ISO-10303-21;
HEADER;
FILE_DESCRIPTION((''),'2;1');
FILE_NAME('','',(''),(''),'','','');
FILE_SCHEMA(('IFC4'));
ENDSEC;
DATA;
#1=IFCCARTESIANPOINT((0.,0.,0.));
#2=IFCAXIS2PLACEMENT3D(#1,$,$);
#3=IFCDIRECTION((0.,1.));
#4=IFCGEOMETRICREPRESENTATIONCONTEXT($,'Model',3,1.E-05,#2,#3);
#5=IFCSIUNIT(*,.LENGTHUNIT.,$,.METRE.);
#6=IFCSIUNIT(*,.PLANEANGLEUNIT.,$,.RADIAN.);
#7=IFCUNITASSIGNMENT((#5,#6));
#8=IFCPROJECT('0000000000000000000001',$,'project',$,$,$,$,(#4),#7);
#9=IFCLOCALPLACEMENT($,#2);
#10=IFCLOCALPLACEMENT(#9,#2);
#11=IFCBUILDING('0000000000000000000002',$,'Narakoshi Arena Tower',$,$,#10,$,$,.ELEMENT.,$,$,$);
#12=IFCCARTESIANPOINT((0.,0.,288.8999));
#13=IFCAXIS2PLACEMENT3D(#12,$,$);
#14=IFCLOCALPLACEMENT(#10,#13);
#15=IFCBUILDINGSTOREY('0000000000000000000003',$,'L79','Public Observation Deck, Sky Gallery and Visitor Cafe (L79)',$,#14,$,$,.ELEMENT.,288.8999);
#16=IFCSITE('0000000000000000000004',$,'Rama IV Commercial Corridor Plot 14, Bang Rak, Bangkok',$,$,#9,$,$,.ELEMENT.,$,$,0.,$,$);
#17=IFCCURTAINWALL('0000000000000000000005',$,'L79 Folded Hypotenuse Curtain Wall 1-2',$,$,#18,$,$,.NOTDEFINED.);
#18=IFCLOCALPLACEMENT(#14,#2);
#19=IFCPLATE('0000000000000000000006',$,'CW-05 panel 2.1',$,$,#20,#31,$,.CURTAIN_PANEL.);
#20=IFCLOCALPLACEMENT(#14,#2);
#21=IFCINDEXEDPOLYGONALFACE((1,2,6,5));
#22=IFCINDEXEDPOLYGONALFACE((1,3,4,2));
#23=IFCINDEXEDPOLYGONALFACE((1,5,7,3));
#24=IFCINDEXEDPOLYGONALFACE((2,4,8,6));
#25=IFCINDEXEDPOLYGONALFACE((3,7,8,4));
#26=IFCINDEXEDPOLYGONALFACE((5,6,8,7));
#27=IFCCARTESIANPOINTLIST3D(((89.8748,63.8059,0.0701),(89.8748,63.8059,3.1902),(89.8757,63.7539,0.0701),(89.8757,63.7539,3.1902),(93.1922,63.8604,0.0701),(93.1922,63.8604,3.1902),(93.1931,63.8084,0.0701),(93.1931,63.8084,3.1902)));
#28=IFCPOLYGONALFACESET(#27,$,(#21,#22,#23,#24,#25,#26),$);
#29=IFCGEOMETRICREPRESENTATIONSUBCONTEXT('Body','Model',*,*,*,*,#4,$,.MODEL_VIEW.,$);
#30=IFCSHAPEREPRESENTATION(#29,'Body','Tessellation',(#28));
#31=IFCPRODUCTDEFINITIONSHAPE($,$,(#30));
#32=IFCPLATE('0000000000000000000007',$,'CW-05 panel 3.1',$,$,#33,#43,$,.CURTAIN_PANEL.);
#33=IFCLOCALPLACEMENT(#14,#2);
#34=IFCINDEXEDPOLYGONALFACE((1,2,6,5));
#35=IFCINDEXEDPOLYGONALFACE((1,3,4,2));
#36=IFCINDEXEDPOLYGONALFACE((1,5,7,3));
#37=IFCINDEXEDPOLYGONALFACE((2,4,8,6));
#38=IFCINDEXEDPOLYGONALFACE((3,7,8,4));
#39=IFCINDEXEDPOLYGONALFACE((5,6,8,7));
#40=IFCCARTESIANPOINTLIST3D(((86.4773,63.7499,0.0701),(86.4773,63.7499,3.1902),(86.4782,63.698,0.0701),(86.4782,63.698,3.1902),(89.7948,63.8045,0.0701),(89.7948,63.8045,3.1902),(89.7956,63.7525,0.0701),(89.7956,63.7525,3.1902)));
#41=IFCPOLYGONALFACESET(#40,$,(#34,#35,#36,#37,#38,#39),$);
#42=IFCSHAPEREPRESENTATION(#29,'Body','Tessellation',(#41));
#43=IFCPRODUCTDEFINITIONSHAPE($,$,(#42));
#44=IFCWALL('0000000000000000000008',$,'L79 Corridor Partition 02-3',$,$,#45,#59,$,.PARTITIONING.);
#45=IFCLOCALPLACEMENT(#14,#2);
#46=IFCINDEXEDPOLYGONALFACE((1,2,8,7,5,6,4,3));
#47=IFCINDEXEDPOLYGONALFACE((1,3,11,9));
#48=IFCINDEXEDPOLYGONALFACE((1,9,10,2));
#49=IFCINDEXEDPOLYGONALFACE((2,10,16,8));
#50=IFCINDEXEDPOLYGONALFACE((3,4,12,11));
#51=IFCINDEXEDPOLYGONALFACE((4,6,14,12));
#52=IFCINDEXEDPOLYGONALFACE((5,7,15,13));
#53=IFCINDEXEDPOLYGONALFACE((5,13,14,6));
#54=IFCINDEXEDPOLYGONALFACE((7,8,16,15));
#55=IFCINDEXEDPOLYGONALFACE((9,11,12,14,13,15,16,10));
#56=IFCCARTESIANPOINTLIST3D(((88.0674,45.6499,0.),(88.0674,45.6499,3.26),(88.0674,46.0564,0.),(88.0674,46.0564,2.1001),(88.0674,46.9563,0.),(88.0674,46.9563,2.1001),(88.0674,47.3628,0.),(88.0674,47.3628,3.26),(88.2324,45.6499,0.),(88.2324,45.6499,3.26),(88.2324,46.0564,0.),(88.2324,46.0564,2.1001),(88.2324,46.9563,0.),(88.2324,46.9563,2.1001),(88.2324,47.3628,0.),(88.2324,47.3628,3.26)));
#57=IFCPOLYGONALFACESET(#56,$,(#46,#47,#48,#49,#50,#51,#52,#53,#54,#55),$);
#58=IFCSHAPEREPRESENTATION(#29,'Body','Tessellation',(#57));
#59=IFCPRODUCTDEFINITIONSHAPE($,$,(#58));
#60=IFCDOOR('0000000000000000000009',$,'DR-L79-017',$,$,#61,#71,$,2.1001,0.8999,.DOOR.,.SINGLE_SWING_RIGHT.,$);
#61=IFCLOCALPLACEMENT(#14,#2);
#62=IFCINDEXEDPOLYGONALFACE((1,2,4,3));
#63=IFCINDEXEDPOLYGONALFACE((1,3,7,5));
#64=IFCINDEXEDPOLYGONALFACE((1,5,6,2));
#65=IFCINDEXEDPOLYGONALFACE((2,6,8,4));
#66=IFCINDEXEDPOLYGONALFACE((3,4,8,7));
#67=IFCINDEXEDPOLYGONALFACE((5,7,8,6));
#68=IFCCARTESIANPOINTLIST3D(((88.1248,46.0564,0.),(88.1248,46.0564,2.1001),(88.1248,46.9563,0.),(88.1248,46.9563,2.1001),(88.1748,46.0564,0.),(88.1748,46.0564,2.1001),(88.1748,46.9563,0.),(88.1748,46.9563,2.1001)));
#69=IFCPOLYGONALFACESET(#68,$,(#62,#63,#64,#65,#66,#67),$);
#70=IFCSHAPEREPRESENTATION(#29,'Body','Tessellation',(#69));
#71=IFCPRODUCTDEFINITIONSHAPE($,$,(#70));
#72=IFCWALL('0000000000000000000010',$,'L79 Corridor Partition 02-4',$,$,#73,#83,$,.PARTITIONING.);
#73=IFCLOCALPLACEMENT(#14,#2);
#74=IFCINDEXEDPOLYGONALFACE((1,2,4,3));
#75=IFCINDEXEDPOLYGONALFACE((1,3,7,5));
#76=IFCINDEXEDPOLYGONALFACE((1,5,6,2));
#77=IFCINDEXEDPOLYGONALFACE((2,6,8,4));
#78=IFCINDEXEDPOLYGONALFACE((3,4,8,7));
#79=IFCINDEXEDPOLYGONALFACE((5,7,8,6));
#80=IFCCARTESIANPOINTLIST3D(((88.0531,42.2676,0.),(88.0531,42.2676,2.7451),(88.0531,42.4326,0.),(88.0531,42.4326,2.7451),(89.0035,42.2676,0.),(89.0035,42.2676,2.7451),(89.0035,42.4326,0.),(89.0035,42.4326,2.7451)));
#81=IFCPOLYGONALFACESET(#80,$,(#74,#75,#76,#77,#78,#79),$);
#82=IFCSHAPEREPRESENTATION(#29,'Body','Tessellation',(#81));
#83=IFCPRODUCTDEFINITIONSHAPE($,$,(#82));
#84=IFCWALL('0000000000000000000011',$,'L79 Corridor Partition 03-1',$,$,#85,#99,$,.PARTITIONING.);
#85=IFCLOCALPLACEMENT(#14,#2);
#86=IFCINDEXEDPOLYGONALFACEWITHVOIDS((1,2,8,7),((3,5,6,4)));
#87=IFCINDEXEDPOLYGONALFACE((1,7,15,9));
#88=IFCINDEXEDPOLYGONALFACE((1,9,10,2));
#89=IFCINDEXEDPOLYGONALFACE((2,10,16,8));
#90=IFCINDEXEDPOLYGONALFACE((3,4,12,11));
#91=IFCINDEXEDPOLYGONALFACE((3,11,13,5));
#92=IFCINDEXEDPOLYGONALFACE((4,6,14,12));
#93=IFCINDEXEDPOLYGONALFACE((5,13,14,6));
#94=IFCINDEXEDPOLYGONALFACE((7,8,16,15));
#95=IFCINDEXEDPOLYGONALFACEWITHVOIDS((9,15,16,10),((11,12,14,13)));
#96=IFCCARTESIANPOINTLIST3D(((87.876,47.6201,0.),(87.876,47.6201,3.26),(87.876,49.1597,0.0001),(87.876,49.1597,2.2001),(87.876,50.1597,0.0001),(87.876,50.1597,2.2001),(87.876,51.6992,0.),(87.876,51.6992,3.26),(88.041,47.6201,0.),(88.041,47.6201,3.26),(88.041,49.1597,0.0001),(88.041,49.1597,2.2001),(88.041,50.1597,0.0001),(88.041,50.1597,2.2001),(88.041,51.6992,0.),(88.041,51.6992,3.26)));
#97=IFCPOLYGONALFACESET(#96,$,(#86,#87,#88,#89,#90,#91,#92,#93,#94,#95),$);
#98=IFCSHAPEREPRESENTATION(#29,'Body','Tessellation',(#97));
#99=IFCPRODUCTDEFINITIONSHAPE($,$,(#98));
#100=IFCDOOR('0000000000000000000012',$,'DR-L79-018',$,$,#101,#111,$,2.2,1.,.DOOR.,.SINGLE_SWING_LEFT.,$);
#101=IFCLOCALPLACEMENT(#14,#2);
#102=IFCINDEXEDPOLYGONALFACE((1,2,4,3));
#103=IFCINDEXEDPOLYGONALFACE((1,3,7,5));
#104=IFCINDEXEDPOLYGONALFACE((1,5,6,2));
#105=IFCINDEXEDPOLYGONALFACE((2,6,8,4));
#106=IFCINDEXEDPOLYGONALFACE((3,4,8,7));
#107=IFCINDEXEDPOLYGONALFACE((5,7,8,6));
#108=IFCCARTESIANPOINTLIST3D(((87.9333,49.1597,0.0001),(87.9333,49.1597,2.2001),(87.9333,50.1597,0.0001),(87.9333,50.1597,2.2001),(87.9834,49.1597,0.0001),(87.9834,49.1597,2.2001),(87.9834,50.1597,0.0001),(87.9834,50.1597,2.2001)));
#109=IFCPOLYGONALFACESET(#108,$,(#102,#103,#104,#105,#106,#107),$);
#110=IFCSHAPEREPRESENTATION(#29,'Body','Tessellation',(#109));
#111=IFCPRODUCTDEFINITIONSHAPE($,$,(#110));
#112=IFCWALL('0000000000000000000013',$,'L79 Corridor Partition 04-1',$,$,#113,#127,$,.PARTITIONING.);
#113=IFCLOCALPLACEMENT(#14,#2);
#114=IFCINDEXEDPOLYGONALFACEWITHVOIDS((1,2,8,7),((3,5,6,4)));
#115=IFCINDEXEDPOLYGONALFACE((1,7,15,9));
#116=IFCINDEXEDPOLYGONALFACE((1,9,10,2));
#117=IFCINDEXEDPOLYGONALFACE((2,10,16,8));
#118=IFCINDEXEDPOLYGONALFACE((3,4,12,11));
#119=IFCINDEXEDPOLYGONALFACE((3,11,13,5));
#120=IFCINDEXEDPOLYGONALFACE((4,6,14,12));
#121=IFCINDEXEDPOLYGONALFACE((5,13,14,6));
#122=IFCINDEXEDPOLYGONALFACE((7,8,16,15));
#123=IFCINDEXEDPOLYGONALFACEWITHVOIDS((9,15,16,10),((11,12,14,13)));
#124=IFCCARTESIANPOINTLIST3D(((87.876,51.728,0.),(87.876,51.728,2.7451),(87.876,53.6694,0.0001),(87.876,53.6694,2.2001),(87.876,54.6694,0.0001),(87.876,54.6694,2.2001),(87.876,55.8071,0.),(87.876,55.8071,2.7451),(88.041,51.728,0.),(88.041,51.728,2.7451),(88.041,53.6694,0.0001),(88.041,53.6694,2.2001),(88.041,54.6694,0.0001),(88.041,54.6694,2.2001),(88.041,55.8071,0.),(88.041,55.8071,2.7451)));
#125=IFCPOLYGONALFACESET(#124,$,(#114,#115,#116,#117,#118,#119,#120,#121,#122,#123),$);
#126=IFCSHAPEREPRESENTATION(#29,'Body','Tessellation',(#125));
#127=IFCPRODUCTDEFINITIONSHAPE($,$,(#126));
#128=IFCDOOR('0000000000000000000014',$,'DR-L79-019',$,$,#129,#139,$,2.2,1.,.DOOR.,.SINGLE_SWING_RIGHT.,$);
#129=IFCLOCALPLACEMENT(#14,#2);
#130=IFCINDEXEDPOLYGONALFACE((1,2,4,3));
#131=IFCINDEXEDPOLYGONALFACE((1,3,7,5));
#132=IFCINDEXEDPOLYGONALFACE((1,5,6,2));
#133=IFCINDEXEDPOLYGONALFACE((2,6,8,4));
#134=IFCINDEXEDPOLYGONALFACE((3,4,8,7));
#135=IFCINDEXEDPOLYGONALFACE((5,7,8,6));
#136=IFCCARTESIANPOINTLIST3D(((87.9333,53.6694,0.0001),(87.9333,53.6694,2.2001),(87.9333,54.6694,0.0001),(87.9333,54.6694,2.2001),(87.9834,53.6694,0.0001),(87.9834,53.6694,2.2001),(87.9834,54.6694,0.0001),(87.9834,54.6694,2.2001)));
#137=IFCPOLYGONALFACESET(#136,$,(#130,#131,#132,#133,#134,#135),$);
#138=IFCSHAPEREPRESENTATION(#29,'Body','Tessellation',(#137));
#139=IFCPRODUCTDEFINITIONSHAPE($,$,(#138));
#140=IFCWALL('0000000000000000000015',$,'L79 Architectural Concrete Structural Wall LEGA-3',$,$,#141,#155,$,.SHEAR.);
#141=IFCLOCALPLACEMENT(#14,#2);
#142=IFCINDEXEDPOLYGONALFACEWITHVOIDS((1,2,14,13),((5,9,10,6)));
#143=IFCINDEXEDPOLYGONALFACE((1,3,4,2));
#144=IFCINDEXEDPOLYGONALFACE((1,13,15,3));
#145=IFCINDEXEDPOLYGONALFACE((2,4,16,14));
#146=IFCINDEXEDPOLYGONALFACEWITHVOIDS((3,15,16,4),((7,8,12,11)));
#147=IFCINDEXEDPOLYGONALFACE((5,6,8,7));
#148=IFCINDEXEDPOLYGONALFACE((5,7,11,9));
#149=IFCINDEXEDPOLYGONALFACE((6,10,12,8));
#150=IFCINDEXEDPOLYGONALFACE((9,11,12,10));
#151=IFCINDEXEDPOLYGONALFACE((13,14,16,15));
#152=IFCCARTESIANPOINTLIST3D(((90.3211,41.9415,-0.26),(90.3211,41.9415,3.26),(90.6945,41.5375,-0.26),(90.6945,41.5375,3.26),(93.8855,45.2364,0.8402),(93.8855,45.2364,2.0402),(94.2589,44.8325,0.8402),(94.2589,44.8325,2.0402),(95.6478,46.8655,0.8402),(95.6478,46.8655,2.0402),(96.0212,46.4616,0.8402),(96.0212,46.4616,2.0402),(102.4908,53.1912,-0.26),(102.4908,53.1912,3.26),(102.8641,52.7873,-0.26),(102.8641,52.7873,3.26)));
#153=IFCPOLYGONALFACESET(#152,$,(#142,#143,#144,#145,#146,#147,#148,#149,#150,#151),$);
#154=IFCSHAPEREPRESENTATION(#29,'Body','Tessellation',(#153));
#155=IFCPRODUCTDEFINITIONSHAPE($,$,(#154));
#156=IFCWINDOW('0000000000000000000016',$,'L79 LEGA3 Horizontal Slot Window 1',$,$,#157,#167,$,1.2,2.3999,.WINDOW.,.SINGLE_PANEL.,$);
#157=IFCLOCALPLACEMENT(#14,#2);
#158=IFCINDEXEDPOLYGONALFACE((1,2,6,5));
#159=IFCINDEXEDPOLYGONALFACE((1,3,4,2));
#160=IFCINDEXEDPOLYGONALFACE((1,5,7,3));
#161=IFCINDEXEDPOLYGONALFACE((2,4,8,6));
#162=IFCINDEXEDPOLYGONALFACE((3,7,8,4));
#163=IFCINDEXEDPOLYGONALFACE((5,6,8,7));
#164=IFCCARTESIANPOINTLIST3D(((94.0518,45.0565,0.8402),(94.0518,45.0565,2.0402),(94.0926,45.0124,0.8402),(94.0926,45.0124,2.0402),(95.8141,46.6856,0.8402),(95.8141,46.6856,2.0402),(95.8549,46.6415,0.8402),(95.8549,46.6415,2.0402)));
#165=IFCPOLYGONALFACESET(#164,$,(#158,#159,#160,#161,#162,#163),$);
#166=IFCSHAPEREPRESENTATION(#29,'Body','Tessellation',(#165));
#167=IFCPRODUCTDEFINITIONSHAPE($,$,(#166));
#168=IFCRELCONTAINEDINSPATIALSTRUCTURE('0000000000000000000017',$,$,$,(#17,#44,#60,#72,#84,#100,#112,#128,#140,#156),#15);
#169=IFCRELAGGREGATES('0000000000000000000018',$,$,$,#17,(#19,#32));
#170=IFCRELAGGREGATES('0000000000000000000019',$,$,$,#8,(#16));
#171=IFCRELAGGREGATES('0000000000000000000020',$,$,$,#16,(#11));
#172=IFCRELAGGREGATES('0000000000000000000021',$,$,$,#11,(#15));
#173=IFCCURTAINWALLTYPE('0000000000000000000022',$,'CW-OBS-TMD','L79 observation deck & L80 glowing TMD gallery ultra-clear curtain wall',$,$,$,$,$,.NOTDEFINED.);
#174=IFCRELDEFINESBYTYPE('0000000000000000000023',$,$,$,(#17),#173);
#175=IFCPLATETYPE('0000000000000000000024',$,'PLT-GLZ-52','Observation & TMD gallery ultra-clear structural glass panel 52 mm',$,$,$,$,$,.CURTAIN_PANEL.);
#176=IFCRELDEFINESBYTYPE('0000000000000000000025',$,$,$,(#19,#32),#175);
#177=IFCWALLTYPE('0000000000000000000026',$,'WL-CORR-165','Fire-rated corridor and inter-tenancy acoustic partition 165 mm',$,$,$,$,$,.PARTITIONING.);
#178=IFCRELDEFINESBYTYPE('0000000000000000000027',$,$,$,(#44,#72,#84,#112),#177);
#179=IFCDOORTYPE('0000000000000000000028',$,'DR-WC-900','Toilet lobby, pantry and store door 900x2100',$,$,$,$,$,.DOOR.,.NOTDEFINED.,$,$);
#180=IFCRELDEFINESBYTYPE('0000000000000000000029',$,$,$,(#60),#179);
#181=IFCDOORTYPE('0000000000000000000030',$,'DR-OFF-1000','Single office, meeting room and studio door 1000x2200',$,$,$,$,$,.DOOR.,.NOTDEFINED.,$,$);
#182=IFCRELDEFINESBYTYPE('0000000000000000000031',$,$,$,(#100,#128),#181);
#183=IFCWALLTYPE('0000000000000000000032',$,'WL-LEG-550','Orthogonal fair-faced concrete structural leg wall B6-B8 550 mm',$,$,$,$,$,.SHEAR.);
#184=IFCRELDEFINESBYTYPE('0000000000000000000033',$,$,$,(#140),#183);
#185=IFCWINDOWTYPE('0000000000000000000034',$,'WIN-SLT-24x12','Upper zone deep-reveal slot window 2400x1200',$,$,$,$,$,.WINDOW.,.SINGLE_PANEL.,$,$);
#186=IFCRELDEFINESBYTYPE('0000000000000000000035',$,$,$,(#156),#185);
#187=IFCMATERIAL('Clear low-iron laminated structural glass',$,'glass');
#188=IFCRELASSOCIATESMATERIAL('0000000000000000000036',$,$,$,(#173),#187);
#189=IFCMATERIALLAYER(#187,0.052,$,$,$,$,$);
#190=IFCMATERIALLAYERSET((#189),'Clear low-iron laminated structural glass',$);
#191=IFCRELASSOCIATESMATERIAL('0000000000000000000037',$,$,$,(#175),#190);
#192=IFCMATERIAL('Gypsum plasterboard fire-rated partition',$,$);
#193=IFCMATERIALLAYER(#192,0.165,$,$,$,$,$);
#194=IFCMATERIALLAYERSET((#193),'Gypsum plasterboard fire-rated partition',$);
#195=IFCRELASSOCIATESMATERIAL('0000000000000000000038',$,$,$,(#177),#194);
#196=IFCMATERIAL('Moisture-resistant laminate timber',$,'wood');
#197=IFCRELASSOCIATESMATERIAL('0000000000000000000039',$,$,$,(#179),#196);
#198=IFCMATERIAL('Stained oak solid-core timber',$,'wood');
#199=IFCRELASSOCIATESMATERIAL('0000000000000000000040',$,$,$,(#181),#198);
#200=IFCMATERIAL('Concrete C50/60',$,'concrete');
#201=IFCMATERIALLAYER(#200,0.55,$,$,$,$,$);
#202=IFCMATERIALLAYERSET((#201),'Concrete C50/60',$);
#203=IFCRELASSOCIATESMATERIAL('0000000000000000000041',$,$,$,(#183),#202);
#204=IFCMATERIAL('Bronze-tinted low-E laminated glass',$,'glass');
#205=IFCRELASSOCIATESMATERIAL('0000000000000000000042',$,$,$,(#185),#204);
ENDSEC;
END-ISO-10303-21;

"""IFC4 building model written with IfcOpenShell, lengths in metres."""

from ifc_helpers import new_model, si_unit, direction, frame, frame_2d, origin, origin_2d, place, context, subcontext, project, spatial, rectangle, extrude, material, layer, layer_set, type_object, element, fill, aggregate, save


model = new_model("IFC4")

# Units and contexts
model_context = context("Model", 3, precision=1e-05, world=origin(), true_north=direction((0.0, 1.0)))
body_context = subcontext(model_context, "Body", "Model", "MODEL_VIEW")
ifc_project = project(units=[si_unit("LENGTHUNIT", "METRE"), si_unit("PLANEANGLEUNIT", "RADIAN")], contexts=[model_context])

# Site, building, storey
site_placement = place(None, origin())
site = spatial("IfcSite", under=ifc_project, at=site_placement, Name="Rama IV Commercial Corridor Plot 14, Bang Rak, Bangkok", CompositionType="ELEMENT", RefElevation=0.0)
building_placement = place(site_placement, origin())
building = spatial("IfcBuilding", under=site, at=building_placement, Name="Narakoshi Arena Tower", CompositionType="ELEMENT")
storey_placement = place(building_placement, frame((0.0, 0.0, 288.8999)))
storey = spatial("IfcBuildingStorey", under=building, at=storey_placement, Name="L79", Description="Public Observation Deck, Sky Gallery and Visitor Cafe (L79)", CompositionType="ELEMENT", Elevation=288.8999)

# Curtain wall, plates
ifc_material_1 = material(Name="Clear low-iron laminated structural glass", Category="glass")
curtain_wall_type = type_object("IfcCurtainWallType", Name="CW-OBS-TMD", Description="L79 observation deck & L80 glowing TMD gallery ultra-clear curtain wall", PredefinedType="NOTDEFINED", material=ifc_material_1)
curtain_wall_placement = place(storey_placement, origin())
curtain_wall = element("IfcCurtainWall", 1, at=curtain_wall_placement, inside=storey, type_object=curtain_wall_type, Name="L79 Folded Hypotenuse Curtain Wall 1-2", PredefinedType="NOTDEFINED")
ifc_layer_1 = layer(ifc_material_1, 0.052)
ifc_layer_set_1 = layer_set([ifc_layer_1], Name="Clear low-iron laminated structural glass")
plate_type = type_object("IfcPlateType", Name="PLT-GLZ-52", Description="Observation & TMD gallery ultra-clear structural glass panel 52 mm", PredefinedType="CURTAIN_PANEL", material=ifc_layer_set_1)
plate_1_placement = place(storey_placement, frame((91.5339, 63.8071, 0.0701), z_axis=(0.0, 0.0, 1.0), x_axis=(-0.999865, -0.016437, 0.0)))
plate_1 = element("IfcPlate", 2, at=plate_1_placement, type_object=plate_type, Name="CW-05 panel 2.1", PredefinedType="CURTAIN_PANEL", context=body_context, shape_type="SweptSolid", body=[
    extrude(rectangle(XDim=3.3179, YDim=0.052, at=origin_2d()), origin(), (0.0, 0.0, 1.0), 3.1201),
])
plate_2_placement = place(storey_placement, frame((88.1365, 63.7512, 0.0701), z_axis=(0.0, 0.0, 1.0), x_axis=(-0.999865, -0.016437, 0.0)))
plate_2 = element("IfcPlate", 3, at=plate_2_placement, type_object=plate_type, Name="CW-05 panel 3.1", PredefinedType="CURTAIN_PANEL", context=body_context, shape_type="SweptSolid", body=[
    extrude(rectangle(XDim=3.3179, YDim=0.052, at=origin_2d()), origin(), (0.0, 0.0, 1.0), 3.1201),
])
aggregate(curtain_wall, [plate_1, plate_2])

# Wall, opening, door
ifc_material_2 = material(Name="Gypsum plasterboard fire-rated partition")
ifc_layer_2 = layer(ifc_material_2, 0.165)
ifc_layer_set_2 = layer_set([ifc_layer_2], Name="Gypsum plasterboard fire-rated partition")
wall_type_1 = type_object("IfcWallType", Name="WL-CORR-165", Description="Fire-rated corridor and inter-tenancy acoustic partition 165 mm", PredefinedType="PARTITIONING", material=ifc_layer_set_2)
wall_1_placement = place(storey_placement, frame((88.1499, 45.6499, 0.0), z_axis=(0.0, 0.0, 1.0), x_axis=(0.0, 1.0, 0.0)))
wall_1 = element("IfcWall", 4, at=wall_1_placement, inside=storey, type_object=wall_type_1, Name="L79 Corridor Partition 02-3", PredefinedType="PARTITIONING", context=body_context, shape_type="SweptSolid", body=[
    extrude(rectangle(XDim=1.7129, YDim=0.165, at=frame_2d((0.8564, 0.0))), origin(), (0.0, 0.0, 1.0), 3.26),
])
opening_1_placement = place(wall_1_placement, frame((0.4065, 0.0, 0.0)))
opening_1 = element("IfcOpeningElement", 5, at=opening_1_placement, cuts=wall_1, PredefinedType="OPENING", context=body_context, shape_type="SweptSolid", body=[
    extrude(rectangle(XDim=0.8999, YDim=2.1001, at=frame_2d((0.45, 1.05))), frame((0.0, 0.0925, 0.0), z_axis=(0.0, -1.0, 0.0), x_axis=(1.0, 0.0, 0.0)), (0.0, 0.0, 1.0), 0.1851),
])
ifc_material_3 = material(Name="Moisture-resistant laminate timber", Category="wood")
door_type_1 = type_object("IfcDoorType", Name="DR-WC-900", Description="Toilet lobby, pantry and store door 900x2100", OperationType="NOTDEFINED", PredefinedType="DOOR", material=ifc_material_3)
door_1_placement = place(opening_1_placement, frame((0.8999, 0.0, 0.0), z_axis=(0.0, 0.0, 1.0), x_axis=(-1.0, 0.0, 0.0)))
door_1 = element("IfcDoor", 6, at=door_1_placement, inside=storey, type_object=door_type_1, Name="DR-L79-017", OperationType="SINGLE_SWING_RIGHT", OverallHeight=2.1001, OverallWidth=0.8999, PredefinedType="DOOR", context=body_context, shape_type="SweptSolid", body=[
    extrude(rectangle(XDim=0.8999, YDim=2.1001, at=frame_2d((0.45, 1.05))), frame((0.0, 0.0249, 0.0), z_axis=(0.0, -1.0, 0.0), x_axis=(1.0, 0.0, 0.0)), (0.0, 0.0, 1.0), 0.05),
])
fill(opening_1, door_1)

# Wall
wall_2_placement = place(storey_placement, frame((89.0034, 42.3501, 0.0), z_axis=(0.0, 0.0, 1.0), x_axis=(-1.0, 0.0, 0.0)))
element("IfcWall", 7, at=wall_2_placement, inside=storey, type_object=wall_type_1, Name="L79 Corridor Partition 02-4", PredefinedType="PARTITIONING", context=body_context, shape_type="SweptSolid", body=[
    extrude(rectangle(XDim=0.9504, YDim=0.165, at=frame_2d((0.4751, 0.0))), origin(), (0.0, 0.0, 1.0), 2.7451),
])

# Walls, openings, doors
wall_3_placement = place(storey_placement, frame((87.9585, 47.6201, 0.0), z_axis=(0.0, 0.0, 1.0), x_axis=(0.0, 1.0, 0.0)))
wall_3 = element("IfcWall", 8, at=wall_3_placement, inside=storey, type_object=wall_type_1, Name="L79 Corridor Partition 03-1", PredefinedType="PARTITIONING", context=body_context, shape_type="SweptSolid", body=[
    extrude(rectangle(XDim=4.0791, YDim=0.165, at=frame_2d((2.0396, 0.0))), origin(), (0.0, 0.0, 1.0), 3.26),
])
opening_2_placement = place(wall_3_placement, frame((1.5396, 0.0, 0.0)))
opening_2 = element("IfcOpeningElement", 9, at=opening_2_placement, cuts=wall_3, PredefinedType="OPENING", context=body_context, shape_type="SweptSolid", body=[
    extrude(rectangle(XDim=1.0, YDim=2.2, at=frame_2d((0.5, 1.1001))), frame((0.0, 0.0925, 0.0), z_axis=(0.0, -1.0, 0.0), x_axis=(1.0, 0.0, 0.0)), (0.0, 0.0, 1.0), 0.1851),
])
ifc_material_4 = material(Name="Stained oak solid-core timber", Category="wood")
door_type_2 = type_object("IfcDoorType", Name="DR-OFF-1000", Description="Single office, meeting room and studio door 1000x2200", OperationType="NOTDEFINED", PredefinedType="DOOR", material=ifc_material_4)
door_2_placement = place(opening_2_placement, frame((1.0, 0.0, 0.0), z_axis=(0.0, 0.0, 1.0), x_axis=(-1.0, 0.0, 0.0)))
door_2 = element("IfcDoor", 10, at=door_2_placement, inside=storey, type_object=door_type_2, Name="DR-L79-018", OperationType="SINGLE_SWING_LEFT", OverallHeight=2.2, OverallWidth=1.0, PredefinedType="DOOR", context=body_context, shape_type="SweptSolid", body=[
    extrude(rectangle(XDim=1.0, YDim=2.2, at=frame_2d((0.5, 1.1001))), frame((0.0, 0.0249, 0.0), z_axis=(0.0, -1.0, 0.0), x_axis=(1.0, 0.0, 0.0)), (0.0, 0.0, 1.0), 0.05),
])
fill(opening_2, door_2)
wall_4_placement = place(storey_placement, frame((87.9585, 51.728, 0.0), z_axis=(0.0, 0.0, 1.0), x_axis=(0.0, 1.0, 0.0)))
wall_4 = element("IfcWall", 11, at=wall_4_placement, inside=storey, type_object=wall_type_1, Name="L79 Corridor Partition 04-1", PredefinedType="PARTITIONING", context=body_context, shape_type="SweptSolid", body=[
    extrude(rectangle(XDim=4.0791, YDim=0.165, at=frame_2d((2.0396, 0.0))), origin(), (0.0, 0.0, 1.0), 2.7451),
])
opening_3_placement = place(wall_4_placement, frame((1.9414, 0.0, 0.0)))
opening_3 = element("IfcOpeningElement", 12, at=opening_3_placement, cuts=wall_4, PredefinedType="OPENING", context=body_context, shape_type="SweptSolid", body=[
    extrude(rectangle(XDim=1.0, YDim=2.2, at=frame_2d((0.5, 1.1001))), frame((0.0, 0.0925, 0.0), z_axis=(0.0, -1.0, 0.0), x_axis=(1.0, 0.0, 0.0)), (0.0, 0.0, 1.0), 0.1851),
])
door_3_placement = place(opening_3_placement, frame((1.0, 0.0, 0.0), z_axis=(0.0, 0.0, 1.0), x_axis=(-1.0, 0.0, 0.0)))
door_3 = element("IfcDoor", 13, at=door_3_placement, inside=storey, type_object=door_type_2, Name="DR-L79-019", OperationType="SINGLE_SWING_RIGHT", OverallHeight=2.2, OverallWidth=1.0, PredefinedType="DOOR", context=body_context, shape_type="SweptSolid", body=[
    extrude(rectangle(XDim=1.0, YDim=2.2, at=frame_2d((0.5, 1.1001))), frame((0.0, 0.0249, 0.0), z_axis=(0.0, -1.0, 0.0), x_axis=(1.0, 0.0, 0.0)), (0.0, 0.0, 1.0), 0.05),
])
fill(opening_3, door_3)

# Wall, opening, window
ifc_material_5 = material(Name="Concrete C50/60", Category="concrete")
ifc_layer_3 = layer(ifc_material_5, 0.55)
ifc_layer_set_3 = layer_set([ifc_layer_3], Name="Concrete C50/60")
wall_type_2 = type_object("IfcWallType", Name="WL-LEG-550", Description="Orthogonal fair-faced concrete structural leg wall B6-B8 550 mm", PredefinedType="SHEAR", material=ifc_layer_set_3)
wall_5_placement = place(storey_placement, frame((90.5078, 41.7395, -0.26), z_axis=(0.0, 0.0, 1.0), x_axis=(0.734316, 0.678808, 0.0)))
wall_5 = element("IfcWall", 14, at=wall_5_placement, inside=storey, type_object=wall_type_2, Name="L79 Architectural Concrete Structural Wall LEGA-3", PredefinedType="SHEAR", context=body_context, shape_type="SweptSolid", body=[
    extrude(rectangle(XDim=16.5728, YDim=0.55, at=frame_2d((8.2864, 0.0))), origin(), (0.0, 0.0, 1.0), 3.52),
])
opening_4_placement = place(wall_5_placement, frame((4.854, 0.0, 1.1001)))
opening_4 = element("IfcOpeningElement", 15, at=opening_4_placement, cuts=wall_5, PredefinedType="OPENING", context=body_context, shape_type="SweptSolid", body=[
    extrude(rectangle(XDim=2.3999, YDim=1.2, at=frame_2d((1.2, 0.6001))), frame((0.0, 0.2849, 0.0), z_axis=(0.0, -1.0, 0.0), x_axis=(1.0, 0.0, 0.0)), (0.0, 0.0, 1.0), 0.5701),
])
ifc_material_6 = material(Name="Bronze-tinted low-E laminated glass", Category="glass")
window_type = type_object("IfcWindowType", Name="WIN-SLT-24x12", Description="Upper zone deep-reveal slot window 2400x1200", PartitioningType="SINGLE_PANEL", PredefinedType="WINDOW", material=ifc_material_6)
window_placement = place(opening_4_placement, origin())
window = element("IfcWindow", 16, at=window_placement, inside=storey, type_object=window_type, Name="L79 LEGA3 Horizontal Slot Window 1", OverallHeight=1.2, OverallWidth=2.3999, PartitioningType="SINGLE_PANEL", PredefinedType="WINDOW", context=body_context, shape_type="SweptSolid", body=[
    extrude(rectangle(XDim=2.3999, YDim=1.2, at=frame_2d((1.2, 0.6001))), frame((0.0, 0.03, 0.0), z_axis=(0.0, -1.0, 0.0), x_axis=(1.0, 0.0, 0.0)), (0.0, 0.0, 1.0), 0.0601),
])
fill(opening_4, window)

save(model, "model.ifc")
